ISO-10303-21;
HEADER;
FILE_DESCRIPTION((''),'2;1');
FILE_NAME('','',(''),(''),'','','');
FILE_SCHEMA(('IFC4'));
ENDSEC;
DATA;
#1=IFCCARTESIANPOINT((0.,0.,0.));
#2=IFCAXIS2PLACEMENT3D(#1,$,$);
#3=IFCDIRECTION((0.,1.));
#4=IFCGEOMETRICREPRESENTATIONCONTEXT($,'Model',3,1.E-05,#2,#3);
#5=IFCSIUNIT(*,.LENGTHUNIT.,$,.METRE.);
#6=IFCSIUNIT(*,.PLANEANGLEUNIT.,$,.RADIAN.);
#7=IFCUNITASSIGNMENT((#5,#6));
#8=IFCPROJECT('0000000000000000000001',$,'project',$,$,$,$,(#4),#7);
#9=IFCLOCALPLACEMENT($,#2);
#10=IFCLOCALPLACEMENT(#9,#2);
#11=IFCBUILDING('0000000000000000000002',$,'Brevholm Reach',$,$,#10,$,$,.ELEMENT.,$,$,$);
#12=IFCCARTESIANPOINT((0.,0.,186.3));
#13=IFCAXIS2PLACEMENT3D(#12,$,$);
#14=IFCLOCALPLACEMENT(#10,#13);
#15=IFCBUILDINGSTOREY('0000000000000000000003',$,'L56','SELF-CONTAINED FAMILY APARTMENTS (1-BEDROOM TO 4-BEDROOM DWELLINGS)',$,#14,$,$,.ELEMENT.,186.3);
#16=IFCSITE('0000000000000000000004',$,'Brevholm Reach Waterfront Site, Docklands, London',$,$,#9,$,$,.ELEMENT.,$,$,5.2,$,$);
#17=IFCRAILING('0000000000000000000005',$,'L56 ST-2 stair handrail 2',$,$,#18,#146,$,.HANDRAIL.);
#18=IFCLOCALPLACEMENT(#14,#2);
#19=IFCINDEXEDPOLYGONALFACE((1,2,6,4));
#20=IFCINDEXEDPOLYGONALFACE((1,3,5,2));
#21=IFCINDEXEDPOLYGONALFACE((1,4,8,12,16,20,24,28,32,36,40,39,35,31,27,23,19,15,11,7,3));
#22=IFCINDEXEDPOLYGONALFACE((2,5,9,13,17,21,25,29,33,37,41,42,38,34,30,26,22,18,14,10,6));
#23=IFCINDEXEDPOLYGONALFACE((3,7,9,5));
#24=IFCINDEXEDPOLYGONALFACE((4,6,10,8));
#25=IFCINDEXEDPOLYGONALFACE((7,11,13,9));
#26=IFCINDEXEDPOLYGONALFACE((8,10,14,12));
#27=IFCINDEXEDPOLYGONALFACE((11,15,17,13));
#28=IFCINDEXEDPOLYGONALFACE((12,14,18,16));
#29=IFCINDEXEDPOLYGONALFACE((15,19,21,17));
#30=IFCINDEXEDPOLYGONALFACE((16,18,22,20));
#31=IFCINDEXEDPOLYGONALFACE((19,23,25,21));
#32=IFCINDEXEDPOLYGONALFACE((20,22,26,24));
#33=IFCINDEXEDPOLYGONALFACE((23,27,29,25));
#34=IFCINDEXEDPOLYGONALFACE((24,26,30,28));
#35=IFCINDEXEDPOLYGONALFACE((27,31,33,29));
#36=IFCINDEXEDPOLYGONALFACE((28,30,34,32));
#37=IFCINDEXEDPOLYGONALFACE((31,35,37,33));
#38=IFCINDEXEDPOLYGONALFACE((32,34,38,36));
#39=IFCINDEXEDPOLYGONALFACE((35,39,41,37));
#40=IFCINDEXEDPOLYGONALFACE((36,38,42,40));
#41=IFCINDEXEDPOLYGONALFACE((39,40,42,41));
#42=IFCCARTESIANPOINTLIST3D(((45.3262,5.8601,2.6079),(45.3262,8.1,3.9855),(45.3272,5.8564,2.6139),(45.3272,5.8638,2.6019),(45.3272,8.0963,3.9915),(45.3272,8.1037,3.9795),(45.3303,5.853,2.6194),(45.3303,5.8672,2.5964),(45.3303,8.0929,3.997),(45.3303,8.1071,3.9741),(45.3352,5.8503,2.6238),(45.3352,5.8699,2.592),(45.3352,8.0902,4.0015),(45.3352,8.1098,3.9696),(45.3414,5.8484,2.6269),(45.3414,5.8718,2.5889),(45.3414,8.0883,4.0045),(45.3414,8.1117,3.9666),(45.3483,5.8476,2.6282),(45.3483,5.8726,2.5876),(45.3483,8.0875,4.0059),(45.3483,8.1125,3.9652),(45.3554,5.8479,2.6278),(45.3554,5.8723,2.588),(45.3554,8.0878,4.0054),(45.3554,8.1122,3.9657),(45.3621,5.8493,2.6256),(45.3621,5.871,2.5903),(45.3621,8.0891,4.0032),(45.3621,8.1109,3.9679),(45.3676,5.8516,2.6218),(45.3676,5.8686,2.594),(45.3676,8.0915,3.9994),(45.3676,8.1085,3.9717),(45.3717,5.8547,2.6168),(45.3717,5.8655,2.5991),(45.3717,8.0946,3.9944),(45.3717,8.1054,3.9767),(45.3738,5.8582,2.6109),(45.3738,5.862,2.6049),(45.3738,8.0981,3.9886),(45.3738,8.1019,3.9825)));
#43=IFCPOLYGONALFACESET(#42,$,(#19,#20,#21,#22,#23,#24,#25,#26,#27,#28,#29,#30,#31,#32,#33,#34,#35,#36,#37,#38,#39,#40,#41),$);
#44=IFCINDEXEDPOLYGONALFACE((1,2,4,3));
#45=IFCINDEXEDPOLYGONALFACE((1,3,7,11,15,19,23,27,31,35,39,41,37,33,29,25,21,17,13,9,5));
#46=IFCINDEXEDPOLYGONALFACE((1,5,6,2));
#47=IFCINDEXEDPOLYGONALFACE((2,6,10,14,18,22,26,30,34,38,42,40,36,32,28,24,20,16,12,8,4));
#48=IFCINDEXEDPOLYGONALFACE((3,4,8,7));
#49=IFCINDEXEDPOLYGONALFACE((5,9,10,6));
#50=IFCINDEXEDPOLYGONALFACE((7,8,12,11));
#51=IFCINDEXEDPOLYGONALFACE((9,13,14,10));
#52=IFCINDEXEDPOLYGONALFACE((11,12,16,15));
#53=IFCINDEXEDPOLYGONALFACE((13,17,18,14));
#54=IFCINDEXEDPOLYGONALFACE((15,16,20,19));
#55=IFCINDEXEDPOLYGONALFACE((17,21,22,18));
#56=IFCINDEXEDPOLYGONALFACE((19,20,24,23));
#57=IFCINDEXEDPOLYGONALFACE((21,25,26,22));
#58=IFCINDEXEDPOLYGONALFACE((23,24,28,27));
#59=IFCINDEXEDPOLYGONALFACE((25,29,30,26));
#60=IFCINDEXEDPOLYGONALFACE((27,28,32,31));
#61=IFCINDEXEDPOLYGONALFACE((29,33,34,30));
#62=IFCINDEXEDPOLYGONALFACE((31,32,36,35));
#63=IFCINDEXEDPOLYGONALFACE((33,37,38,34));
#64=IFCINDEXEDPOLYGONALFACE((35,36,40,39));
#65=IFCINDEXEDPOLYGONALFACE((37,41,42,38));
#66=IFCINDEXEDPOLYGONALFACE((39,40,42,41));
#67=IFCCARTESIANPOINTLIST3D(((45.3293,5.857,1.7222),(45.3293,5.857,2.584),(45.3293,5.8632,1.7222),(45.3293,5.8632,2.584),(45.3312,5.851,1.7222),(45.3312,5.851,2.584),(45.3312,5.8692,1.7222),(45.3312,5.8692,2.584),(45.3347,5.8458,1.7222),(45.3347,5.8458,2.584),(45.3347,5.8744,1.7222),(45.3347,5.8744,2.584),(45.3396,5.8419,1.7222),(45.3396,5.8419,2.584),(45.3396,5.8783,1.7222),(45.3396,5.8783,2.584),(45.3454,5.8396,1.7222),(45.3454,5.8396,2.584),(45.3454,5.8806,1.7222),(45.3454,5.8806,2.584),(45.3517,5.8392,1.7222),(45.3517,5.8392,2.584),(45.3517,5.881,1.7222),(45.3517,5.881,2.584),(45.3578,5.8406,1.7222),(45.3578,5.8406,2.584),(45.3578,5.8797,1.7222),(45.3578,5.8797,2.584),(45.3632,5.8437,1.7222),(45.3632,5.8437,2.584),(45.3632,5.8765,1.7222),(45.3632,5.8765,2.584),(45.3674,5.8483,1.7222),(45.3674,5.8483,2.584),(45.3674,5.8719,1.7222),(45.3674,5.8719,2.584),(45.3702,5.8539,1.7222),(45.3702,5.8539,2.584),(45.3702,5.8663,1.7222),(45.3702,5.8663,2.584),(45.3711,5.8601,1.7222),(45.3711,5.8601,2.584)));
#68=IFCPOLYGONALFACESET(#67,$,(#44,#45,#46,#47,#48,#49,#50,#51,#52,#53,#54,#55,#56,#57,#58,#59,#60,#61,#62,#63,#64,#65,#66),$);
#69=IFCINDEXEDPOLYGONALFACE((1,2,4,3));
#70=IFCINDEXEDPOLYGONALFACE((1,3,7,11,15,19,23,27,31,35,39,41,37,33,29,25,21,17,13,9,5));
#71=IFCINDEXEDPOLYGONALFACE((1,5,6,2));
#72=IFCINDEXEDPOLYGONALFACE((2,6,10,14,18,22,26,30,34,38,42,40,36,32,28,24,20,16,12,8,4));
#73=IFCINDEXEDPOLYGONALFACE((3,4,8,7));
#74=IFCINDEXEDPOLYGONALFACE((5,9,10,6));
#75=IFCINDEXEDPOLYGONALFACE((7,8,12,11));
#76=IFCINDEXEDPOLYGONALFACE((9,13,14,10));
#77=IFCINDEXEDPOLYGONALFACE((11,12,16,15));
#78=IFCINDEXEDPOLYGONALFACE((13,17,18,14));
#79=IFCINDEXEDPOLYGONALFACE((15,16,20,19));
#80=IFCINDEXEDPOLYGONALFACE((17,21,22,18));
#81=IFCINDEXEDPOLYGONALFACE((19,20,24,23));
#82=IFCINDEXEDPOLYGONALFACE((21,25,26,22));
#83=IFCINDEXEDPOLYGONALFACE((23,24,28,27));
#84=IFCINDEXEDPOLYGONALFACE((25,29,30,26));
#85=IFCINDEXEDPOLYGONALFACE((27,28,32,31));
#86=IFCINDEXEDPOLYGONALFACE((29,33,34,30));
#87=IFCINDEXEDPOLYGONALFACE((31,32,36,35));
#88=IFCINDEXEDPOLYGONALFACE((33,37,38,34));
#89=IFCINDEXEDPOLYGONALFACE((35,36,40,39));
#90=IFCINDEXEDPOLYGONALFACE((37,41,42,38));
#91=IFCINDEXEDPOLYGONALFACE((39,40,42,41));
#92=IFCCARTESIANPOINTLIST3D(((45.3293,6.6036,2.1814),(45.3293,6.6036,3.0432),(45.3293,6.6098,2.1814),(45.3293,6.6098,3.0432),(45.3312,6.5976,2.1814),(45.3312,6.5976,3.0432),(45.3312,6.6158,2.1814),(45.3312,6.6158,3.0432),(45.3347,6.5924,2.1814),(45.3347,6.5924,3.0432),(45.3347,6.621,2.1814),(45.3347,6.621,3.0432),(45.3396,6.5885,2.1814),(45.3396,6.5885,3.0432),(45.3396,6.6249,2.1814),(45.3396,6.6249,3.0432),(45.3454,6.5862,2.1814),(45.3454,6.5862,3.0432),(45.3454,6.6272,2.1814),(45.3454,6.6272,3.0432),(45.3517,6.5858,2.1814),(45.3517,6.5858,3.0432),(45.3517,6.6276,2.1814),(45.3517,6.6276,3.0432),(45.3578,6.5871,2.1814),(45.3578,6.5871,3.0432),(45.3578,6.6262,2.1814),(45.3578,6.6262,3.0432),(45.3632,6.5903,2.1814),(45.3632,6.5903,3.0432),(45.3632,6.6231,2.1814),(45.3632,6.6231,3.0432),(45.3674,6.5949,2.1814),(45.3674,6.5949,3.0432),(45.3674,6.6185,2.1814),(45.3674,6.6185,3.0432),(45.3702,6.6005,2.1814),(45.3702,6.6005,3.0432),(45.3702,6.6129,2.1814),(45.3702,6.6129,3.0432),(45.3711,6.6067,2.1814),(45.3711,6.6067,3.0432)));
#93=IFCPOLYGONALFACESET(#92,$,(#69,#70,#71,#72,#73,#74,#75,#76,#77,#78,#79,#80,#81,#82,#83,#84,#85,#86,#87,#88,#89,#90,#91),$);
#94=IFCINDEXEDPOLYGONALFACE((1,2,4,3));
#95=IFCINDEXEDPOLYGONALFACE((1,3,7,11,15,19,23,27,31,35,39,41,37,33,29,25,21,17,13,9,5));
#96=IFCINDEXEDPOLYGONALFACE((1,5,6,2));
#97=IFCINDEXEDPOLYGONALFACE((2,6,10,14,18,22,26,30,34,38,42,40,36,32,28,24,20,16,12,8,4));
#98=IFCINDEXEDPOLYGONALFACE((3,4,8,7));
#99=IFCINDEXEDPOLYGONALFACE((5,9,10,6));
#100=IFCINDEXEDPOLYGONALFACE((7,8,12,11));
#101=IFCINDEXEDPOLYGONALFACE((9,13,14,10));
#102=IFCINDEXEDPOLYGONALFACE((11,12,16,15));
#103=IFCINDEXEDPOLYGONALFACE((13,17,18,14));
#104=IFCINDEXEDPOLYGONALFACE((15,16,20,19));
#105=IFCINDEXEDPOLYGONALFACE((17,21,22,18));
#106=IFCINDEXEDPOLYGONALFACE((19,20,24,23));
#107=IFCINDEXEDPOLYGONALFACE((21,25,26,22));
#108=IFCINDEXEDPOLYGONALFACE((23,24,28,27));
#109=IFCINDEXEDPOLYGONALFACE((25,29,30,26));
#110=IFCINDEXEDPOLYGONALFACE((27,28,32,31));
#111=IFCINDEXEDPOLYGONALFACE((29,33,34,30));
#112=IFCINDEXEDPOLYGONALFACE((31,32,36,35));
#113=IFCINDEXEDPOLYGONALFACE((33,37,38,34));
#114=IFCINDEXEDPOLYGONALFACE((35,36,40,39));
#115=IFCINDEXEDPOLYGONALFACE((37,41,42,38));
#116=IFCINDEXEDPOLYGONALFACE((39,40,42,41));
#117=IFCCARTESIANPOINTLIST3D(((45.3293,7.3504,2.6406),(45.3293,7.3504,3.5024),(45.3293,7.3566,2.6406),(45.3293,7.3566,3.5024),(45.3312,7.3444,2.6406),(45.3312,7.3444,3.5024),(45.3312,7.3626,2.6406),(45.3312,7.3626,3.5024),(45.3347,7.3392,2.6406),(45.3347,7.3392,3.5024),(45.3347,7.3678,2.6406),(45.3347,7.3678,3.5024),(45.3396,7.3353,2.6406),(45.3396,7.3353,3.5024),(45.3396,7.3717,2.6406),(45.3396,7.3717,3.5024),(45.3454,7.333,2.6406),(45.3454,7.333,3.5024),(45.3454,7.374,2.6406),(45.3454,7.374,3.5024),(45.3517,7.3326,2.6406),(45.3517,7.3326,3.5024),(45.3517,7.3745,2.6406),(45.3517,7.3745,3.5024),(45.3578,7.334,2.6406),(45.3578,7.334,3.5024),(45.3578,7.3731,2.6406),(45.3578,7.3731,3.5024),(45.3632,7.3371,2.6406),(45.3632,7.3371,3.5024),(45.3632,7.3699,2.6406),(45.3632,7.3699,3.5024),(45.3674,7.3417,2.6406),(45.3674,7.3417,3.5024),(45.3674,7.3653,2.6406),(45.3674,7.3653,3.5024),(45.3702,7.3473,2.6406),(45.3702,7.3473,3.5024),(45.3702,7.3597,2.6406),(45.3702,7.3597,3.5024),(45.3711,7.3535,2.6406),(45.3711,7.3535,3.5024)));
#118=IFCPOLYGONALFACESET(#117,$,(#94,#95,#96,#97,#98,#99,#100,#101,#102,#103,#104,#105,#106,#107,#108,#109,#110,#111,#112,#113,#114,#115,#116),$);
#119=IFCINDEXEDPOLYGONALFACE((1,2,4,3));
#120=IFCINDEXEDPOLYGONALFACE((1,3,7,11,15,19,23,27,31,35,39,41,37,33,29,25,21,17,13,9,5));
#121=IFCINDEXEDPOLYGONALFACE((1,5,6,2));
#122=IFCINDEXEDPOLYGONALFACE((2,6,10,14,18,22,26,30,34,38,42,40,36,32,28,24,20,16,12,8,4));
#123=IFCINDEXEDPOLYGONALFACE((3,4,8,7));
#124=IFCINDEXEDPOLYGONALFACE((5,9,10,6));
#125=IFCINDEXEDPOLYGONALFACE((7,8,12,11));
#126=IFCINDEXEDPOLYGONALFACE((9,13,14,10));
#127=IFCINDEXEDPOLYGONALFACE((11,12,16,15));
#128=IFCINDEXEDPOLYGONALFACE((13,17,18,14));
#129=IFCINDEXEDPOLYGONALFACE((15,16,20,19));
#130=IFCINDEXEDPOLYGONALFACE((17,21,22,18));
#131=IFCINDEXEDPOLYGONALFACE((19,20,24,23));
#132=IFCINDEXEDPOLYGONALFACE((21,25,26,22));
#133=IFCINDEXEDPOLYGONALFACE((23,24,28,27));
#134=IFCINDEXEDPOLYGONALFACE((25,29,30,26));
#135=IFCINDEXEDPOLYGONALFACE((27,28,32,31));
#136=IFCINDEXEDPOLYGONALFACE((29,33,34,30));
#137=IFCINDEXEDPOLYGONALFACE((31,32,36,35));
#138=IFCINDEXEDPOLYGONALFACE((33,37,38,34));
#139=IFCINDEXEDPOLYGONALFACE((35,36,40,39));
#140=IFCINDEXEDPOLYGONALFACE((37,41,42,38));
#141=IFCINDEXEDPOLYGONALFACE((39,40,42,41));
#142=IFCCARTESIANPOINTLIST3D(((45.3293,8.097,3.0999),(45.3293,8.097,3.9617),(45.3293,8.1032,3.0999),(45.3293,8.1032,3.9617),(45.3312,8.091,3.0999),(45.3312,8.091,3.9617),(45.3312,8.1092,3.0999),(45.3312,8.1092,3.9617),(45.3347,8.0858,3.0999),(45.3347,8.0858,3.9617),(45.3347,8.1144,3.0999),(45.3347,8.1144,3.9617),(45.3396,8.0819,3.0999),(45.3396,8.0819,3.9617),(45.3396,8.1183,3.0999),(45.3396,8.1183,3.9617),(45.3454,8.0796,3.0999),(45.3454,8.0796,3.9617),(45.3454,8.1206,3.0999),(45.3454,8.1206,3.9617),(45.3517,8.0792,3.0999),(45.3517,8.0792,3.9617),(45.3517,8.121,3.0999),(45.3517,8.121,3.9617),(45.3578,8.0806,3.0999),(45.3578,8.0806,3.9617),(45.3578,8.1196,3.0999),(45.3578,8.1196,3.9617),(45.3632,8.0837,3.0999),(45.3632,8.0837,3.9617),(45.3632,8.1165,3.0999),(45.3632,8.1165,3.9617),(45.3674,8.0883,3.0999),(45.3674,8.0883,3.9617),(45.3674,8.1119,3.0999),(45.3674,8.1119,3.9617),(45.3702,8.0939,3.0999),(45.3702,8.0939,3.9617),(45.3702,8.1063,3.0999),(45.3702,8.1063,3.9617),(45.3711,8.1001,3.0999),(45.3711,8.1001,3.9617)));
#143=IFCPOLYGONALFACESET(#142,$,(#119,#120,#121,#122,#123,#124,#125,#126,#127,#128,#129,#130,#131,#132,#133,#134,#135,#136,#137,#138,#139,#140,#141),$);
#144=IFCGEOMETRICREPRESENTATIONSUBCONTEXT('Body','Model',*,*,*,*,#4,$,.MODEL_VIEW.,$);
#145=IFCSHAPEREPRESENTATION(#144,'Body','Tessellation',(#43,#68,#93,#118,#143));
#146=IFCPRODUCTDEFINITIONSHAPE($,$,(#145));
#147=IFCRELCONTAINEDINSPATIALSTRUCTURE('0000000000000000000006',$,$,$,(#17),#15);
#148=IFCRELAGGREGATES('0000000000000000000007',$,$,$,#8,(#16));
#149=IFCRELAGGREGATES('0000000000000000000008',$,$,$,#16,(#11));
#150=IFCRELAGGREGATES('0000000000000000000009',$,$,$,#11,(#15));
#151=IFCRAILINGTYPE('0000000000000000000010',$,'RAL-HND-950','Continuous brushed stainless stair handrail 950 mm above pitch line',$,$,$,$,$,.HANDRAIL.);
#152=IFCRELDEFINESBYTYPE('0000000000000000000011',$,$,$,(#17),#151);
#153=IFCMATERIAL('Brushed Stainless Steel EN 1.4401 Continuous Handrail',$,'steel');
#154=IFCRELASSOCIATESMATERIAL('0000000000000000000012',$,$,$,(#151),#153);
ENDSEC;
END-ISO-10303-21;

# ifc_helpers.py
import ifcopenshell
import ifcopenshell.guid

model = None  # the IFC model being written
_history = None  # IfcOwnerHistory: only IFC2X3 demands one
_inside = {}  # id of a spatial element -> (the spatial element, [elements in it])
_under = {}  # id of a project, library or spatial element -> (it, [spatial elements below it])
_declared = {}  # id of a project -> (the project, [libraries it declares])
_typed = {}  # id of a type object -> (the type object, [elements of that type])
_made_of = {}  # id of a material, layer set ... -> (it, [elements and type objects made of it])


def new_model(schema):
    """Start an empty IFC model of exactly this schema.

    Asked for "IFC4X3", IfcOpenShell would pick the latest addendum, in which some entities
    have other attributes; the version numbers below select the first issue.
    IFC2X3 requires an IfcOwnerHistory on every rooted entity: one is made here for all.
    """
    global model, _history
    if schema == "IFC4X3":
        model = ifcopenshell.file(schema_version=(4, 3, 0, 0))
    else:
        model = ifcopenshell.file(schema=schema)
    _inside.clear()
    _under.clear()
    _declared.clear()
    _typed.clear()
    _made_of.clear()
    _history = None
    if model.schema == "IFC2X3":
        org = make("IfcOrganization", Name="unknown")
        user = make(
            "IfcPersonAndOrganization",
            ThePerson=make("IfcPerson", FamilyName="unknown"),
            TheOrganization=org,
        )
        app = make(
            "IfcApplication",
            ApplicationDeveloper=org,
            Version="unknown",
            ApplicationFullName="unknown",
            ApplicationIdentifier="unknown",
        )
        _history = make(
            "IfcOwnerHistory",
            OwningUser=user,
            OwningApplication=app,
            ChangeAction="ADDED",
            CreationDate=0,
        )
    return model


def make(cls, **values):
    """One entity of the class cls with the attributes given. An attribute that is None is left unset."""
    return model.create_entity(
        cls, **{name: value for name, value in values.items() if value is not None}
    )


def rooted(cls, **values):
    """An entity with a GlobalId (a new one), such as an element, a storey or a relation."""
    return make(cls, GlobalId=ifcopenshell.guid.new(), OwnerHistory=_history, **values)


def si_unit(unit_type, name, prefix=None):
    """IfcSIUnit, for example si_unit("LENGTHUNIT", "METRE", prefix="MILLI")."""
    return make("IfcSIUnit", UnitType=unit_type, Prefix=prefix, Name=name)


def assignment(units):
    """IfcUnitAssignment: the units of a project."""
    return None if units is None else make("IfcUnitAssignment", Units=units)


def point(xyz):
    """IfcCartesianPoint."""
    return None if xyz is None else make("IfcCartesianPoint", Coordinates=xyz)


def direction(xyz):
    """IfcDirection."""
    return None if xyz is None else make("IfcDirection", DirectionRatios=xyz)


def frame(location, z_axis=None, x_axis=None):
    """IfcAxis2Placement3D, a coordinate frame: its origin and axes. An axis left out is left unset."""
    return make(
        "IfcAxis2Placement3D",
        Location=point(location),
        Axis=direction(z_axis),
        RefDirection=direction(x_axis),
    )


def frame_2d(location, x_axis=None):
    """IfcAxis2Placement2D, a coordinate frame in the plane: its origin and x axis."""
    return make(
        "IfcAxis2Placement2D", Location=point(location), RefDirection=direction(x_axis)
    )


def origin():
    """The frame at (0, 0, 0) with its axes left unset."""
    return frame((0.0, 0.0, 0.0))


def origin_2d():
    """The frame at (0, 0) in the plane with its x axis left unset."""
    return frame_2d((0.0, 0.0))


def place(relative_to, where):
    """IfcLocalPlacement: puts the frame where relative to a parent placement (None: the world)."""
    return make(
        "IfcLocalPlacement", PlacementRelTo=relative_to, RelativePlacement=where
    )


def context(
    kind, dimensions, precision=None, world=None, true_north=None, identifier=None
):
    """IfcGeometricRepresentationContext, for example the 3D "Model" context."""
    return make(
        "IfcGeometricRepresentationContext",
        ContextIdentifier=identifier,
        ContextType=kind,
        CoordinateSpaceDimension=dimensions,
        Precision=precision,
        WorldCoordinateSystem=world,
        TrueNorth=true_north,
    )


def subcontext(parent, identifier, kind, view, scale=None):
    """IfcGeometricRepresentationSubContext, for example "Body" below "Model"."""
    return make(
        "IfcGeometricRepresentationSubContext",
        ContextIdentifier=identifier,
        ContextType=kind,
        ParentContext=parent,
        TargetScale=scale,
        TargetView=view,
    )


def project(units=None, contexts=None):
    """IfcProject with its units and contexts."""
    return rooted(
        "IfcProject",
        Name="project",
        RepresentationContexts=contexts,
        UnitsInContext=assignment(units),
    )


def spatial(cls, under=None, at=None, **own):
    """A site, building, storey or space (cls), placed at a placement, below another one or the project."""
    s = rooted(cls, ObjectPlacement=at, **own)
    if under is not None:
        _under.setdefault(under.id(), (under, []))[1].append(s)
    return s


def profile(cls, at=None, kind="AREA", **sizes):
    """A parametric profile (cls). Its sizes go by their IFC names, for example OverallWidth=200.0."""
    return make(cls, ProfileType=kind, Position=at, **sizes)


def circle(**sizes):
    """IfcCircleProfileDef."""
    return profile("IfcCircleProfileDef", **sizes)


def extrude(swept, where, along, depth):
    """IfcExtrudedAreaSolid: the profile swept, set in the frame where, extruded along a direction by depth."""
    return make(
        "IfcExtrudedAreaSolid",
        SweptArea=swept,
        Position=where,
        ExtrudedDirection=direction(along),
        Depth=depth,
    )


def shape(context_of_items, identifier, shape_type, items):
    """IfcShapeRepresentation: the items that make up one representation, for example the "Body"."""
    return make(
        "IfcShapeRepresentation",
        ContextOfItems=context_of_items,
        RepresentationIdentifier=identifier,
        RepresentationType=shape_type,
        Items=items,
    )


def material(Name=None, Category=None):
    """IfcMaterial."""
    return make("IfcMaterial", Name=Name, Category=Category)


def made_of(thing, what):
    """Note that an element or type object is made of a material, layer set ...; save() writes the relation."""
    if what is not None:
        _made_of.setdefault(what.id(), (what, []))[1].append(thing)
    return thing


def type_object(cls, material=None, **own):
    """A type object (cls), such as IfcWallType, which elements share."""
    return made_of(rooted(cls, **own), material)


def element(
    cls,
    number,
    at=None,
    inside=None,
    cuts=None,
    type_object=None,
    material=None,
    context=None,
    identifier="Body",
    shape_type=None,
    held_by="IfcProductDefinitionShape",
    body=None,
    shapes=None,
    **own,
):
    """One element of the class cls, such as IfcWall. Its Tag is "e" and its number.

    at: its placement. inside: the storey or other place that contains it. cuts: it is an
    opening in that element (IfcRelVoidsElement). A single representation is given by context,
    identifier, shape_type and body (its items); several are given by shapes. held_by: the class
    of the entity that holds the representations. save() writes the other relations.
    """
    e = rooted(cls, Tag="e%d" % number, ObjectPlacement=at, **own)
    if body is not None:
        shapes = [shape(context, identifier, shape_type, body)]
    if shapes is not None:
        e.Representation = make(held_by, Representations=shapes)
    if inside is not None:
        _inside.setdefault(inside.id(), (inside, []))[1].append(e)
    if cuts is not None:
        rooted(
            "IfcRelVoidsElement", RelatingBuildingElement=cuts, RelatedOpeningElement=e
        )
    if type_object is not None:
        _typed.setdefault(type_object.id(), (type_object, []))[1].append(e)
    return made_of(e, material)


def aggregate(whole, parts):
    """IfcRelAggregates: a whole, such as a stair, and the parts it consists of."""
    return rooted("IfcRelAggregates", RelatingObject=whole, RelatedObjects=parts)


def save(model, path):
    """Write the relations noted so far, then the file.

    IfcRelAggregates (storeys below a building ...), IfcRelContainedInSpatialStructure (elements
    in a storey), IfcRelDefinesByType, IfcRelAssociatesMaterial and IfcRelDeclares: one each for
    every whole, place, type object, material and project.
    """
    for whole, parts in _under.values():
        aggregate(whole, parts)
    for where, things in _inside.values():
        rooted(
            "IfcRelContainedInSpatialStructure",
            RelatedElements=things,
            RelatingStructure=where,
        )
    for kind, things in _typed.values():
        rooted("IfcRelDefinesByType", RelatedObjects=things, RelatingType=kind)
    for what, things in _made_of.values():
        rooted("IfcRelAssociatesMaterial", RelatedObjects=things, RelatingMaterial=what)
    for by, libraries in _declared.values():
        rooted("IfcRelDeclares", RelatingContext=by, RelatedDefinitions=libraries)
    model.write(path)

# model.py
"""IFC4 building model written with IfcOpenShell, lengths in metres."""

from ifc_helpers import new_model, si_unit, direction, frame, origin, origin_2d, place, context, subcontext, project, spatial, circle, extrude, material, type_object, element, save


model = new_model("IFC4")

# Units and contexts
model_context = context("Model", 3, precision=1e-05, world=origin(), true_north=direction((0.0, 1.0)))
body_context = subcontext(model_context, "Body", "Model", "MODEL_VIEW")
ifc_project = project(units=[si_unit("LENGTHUNIT", "METRE"), si_unit("PLANEANGLEUNIT", "RADIAN")], contexts=[model_context])

# Site, building, storey
site_placement = place(None, origin())
site = spatial("IfcSite", under=ifc_project, at=site_placement, Name="Brevholm Reach Waterfront Site, Docklands, London", CompositionType="ELEMENT", RefElevation=5.2)
building_placement = place(site_placement, origin())
building = spatial("IfcBuilding", under=site, at=building_placement, Name="Brevholm Reach", CompositionType="ELEMENT")
storey_placement = place(building_placement, frame((0.0, 0.0, 186.3)))
storey = spatial("IfcBuildingStorey", under=building, at=storey_placement, Name="L56", Description="SELF-CONTAINED FAMILY APARTMENTS (1-BEDROOM TO 4-BEDROOM DWELLINGS)", CompositionType="ELEMENT", Elevation=186.3)

# Railing
ifc_material_1 = material(Name="Brushed Stainless Steel EN 1.4401 Continuous Handrail", Category="steel")
railing_type_1 = type_object("IfcRailingType", Name="RAL-HND-950", Description="Continuous brushed stainless stair handrail 950 mm above pitch line", PredefinedType="HANDRAIL", material=ifc_material_1)
railing_1_placement = place(storey_placement, frame((45.3501, 5.8601, 1.7222)))
element("IfcRailing", 1, at=railing_1_placement, inside=storey, type_object=railing_type_1, Name="L56 ST-2 stair handrail 2", PredefinedType="HANDRAIL", context=body_context, shape_type="SweptSolid", body=[
    extrude(circle(Radius=0.0239, at=origin_2d()), frame((0.0, 0.0, 0.8857), z_axis=(0.0, 0.851789, 0.523885), x_axis=(-1.0, 0.0, 0.0)), (0.0, 0.0, 1.0), 2.6296),
    extrude(circle(Radius=0.021, at=origin_2d()), origin(), (0.0, 0.0, 1.0), 0.8618),
    extrude(circle(Radius=0.021, at=origin_2d()), frame((0.0, 0.7466, 0.4592)), (0.0, 0.0, 1.0), 0.8618),
    extrude(circle(Radius=0.021, at=origin_2d()), frame((0.0, 1.4934, 0.9185)), (0.0, 0.0, 1.0), 0.8618),
    extrude(circle(Radius=0.021, at=origin_2d()), frame((0.0, 2.24, 1.3777)), (0.0, 0.0, 1.0), 0.8618),
])

save(model, "model.ifc")
